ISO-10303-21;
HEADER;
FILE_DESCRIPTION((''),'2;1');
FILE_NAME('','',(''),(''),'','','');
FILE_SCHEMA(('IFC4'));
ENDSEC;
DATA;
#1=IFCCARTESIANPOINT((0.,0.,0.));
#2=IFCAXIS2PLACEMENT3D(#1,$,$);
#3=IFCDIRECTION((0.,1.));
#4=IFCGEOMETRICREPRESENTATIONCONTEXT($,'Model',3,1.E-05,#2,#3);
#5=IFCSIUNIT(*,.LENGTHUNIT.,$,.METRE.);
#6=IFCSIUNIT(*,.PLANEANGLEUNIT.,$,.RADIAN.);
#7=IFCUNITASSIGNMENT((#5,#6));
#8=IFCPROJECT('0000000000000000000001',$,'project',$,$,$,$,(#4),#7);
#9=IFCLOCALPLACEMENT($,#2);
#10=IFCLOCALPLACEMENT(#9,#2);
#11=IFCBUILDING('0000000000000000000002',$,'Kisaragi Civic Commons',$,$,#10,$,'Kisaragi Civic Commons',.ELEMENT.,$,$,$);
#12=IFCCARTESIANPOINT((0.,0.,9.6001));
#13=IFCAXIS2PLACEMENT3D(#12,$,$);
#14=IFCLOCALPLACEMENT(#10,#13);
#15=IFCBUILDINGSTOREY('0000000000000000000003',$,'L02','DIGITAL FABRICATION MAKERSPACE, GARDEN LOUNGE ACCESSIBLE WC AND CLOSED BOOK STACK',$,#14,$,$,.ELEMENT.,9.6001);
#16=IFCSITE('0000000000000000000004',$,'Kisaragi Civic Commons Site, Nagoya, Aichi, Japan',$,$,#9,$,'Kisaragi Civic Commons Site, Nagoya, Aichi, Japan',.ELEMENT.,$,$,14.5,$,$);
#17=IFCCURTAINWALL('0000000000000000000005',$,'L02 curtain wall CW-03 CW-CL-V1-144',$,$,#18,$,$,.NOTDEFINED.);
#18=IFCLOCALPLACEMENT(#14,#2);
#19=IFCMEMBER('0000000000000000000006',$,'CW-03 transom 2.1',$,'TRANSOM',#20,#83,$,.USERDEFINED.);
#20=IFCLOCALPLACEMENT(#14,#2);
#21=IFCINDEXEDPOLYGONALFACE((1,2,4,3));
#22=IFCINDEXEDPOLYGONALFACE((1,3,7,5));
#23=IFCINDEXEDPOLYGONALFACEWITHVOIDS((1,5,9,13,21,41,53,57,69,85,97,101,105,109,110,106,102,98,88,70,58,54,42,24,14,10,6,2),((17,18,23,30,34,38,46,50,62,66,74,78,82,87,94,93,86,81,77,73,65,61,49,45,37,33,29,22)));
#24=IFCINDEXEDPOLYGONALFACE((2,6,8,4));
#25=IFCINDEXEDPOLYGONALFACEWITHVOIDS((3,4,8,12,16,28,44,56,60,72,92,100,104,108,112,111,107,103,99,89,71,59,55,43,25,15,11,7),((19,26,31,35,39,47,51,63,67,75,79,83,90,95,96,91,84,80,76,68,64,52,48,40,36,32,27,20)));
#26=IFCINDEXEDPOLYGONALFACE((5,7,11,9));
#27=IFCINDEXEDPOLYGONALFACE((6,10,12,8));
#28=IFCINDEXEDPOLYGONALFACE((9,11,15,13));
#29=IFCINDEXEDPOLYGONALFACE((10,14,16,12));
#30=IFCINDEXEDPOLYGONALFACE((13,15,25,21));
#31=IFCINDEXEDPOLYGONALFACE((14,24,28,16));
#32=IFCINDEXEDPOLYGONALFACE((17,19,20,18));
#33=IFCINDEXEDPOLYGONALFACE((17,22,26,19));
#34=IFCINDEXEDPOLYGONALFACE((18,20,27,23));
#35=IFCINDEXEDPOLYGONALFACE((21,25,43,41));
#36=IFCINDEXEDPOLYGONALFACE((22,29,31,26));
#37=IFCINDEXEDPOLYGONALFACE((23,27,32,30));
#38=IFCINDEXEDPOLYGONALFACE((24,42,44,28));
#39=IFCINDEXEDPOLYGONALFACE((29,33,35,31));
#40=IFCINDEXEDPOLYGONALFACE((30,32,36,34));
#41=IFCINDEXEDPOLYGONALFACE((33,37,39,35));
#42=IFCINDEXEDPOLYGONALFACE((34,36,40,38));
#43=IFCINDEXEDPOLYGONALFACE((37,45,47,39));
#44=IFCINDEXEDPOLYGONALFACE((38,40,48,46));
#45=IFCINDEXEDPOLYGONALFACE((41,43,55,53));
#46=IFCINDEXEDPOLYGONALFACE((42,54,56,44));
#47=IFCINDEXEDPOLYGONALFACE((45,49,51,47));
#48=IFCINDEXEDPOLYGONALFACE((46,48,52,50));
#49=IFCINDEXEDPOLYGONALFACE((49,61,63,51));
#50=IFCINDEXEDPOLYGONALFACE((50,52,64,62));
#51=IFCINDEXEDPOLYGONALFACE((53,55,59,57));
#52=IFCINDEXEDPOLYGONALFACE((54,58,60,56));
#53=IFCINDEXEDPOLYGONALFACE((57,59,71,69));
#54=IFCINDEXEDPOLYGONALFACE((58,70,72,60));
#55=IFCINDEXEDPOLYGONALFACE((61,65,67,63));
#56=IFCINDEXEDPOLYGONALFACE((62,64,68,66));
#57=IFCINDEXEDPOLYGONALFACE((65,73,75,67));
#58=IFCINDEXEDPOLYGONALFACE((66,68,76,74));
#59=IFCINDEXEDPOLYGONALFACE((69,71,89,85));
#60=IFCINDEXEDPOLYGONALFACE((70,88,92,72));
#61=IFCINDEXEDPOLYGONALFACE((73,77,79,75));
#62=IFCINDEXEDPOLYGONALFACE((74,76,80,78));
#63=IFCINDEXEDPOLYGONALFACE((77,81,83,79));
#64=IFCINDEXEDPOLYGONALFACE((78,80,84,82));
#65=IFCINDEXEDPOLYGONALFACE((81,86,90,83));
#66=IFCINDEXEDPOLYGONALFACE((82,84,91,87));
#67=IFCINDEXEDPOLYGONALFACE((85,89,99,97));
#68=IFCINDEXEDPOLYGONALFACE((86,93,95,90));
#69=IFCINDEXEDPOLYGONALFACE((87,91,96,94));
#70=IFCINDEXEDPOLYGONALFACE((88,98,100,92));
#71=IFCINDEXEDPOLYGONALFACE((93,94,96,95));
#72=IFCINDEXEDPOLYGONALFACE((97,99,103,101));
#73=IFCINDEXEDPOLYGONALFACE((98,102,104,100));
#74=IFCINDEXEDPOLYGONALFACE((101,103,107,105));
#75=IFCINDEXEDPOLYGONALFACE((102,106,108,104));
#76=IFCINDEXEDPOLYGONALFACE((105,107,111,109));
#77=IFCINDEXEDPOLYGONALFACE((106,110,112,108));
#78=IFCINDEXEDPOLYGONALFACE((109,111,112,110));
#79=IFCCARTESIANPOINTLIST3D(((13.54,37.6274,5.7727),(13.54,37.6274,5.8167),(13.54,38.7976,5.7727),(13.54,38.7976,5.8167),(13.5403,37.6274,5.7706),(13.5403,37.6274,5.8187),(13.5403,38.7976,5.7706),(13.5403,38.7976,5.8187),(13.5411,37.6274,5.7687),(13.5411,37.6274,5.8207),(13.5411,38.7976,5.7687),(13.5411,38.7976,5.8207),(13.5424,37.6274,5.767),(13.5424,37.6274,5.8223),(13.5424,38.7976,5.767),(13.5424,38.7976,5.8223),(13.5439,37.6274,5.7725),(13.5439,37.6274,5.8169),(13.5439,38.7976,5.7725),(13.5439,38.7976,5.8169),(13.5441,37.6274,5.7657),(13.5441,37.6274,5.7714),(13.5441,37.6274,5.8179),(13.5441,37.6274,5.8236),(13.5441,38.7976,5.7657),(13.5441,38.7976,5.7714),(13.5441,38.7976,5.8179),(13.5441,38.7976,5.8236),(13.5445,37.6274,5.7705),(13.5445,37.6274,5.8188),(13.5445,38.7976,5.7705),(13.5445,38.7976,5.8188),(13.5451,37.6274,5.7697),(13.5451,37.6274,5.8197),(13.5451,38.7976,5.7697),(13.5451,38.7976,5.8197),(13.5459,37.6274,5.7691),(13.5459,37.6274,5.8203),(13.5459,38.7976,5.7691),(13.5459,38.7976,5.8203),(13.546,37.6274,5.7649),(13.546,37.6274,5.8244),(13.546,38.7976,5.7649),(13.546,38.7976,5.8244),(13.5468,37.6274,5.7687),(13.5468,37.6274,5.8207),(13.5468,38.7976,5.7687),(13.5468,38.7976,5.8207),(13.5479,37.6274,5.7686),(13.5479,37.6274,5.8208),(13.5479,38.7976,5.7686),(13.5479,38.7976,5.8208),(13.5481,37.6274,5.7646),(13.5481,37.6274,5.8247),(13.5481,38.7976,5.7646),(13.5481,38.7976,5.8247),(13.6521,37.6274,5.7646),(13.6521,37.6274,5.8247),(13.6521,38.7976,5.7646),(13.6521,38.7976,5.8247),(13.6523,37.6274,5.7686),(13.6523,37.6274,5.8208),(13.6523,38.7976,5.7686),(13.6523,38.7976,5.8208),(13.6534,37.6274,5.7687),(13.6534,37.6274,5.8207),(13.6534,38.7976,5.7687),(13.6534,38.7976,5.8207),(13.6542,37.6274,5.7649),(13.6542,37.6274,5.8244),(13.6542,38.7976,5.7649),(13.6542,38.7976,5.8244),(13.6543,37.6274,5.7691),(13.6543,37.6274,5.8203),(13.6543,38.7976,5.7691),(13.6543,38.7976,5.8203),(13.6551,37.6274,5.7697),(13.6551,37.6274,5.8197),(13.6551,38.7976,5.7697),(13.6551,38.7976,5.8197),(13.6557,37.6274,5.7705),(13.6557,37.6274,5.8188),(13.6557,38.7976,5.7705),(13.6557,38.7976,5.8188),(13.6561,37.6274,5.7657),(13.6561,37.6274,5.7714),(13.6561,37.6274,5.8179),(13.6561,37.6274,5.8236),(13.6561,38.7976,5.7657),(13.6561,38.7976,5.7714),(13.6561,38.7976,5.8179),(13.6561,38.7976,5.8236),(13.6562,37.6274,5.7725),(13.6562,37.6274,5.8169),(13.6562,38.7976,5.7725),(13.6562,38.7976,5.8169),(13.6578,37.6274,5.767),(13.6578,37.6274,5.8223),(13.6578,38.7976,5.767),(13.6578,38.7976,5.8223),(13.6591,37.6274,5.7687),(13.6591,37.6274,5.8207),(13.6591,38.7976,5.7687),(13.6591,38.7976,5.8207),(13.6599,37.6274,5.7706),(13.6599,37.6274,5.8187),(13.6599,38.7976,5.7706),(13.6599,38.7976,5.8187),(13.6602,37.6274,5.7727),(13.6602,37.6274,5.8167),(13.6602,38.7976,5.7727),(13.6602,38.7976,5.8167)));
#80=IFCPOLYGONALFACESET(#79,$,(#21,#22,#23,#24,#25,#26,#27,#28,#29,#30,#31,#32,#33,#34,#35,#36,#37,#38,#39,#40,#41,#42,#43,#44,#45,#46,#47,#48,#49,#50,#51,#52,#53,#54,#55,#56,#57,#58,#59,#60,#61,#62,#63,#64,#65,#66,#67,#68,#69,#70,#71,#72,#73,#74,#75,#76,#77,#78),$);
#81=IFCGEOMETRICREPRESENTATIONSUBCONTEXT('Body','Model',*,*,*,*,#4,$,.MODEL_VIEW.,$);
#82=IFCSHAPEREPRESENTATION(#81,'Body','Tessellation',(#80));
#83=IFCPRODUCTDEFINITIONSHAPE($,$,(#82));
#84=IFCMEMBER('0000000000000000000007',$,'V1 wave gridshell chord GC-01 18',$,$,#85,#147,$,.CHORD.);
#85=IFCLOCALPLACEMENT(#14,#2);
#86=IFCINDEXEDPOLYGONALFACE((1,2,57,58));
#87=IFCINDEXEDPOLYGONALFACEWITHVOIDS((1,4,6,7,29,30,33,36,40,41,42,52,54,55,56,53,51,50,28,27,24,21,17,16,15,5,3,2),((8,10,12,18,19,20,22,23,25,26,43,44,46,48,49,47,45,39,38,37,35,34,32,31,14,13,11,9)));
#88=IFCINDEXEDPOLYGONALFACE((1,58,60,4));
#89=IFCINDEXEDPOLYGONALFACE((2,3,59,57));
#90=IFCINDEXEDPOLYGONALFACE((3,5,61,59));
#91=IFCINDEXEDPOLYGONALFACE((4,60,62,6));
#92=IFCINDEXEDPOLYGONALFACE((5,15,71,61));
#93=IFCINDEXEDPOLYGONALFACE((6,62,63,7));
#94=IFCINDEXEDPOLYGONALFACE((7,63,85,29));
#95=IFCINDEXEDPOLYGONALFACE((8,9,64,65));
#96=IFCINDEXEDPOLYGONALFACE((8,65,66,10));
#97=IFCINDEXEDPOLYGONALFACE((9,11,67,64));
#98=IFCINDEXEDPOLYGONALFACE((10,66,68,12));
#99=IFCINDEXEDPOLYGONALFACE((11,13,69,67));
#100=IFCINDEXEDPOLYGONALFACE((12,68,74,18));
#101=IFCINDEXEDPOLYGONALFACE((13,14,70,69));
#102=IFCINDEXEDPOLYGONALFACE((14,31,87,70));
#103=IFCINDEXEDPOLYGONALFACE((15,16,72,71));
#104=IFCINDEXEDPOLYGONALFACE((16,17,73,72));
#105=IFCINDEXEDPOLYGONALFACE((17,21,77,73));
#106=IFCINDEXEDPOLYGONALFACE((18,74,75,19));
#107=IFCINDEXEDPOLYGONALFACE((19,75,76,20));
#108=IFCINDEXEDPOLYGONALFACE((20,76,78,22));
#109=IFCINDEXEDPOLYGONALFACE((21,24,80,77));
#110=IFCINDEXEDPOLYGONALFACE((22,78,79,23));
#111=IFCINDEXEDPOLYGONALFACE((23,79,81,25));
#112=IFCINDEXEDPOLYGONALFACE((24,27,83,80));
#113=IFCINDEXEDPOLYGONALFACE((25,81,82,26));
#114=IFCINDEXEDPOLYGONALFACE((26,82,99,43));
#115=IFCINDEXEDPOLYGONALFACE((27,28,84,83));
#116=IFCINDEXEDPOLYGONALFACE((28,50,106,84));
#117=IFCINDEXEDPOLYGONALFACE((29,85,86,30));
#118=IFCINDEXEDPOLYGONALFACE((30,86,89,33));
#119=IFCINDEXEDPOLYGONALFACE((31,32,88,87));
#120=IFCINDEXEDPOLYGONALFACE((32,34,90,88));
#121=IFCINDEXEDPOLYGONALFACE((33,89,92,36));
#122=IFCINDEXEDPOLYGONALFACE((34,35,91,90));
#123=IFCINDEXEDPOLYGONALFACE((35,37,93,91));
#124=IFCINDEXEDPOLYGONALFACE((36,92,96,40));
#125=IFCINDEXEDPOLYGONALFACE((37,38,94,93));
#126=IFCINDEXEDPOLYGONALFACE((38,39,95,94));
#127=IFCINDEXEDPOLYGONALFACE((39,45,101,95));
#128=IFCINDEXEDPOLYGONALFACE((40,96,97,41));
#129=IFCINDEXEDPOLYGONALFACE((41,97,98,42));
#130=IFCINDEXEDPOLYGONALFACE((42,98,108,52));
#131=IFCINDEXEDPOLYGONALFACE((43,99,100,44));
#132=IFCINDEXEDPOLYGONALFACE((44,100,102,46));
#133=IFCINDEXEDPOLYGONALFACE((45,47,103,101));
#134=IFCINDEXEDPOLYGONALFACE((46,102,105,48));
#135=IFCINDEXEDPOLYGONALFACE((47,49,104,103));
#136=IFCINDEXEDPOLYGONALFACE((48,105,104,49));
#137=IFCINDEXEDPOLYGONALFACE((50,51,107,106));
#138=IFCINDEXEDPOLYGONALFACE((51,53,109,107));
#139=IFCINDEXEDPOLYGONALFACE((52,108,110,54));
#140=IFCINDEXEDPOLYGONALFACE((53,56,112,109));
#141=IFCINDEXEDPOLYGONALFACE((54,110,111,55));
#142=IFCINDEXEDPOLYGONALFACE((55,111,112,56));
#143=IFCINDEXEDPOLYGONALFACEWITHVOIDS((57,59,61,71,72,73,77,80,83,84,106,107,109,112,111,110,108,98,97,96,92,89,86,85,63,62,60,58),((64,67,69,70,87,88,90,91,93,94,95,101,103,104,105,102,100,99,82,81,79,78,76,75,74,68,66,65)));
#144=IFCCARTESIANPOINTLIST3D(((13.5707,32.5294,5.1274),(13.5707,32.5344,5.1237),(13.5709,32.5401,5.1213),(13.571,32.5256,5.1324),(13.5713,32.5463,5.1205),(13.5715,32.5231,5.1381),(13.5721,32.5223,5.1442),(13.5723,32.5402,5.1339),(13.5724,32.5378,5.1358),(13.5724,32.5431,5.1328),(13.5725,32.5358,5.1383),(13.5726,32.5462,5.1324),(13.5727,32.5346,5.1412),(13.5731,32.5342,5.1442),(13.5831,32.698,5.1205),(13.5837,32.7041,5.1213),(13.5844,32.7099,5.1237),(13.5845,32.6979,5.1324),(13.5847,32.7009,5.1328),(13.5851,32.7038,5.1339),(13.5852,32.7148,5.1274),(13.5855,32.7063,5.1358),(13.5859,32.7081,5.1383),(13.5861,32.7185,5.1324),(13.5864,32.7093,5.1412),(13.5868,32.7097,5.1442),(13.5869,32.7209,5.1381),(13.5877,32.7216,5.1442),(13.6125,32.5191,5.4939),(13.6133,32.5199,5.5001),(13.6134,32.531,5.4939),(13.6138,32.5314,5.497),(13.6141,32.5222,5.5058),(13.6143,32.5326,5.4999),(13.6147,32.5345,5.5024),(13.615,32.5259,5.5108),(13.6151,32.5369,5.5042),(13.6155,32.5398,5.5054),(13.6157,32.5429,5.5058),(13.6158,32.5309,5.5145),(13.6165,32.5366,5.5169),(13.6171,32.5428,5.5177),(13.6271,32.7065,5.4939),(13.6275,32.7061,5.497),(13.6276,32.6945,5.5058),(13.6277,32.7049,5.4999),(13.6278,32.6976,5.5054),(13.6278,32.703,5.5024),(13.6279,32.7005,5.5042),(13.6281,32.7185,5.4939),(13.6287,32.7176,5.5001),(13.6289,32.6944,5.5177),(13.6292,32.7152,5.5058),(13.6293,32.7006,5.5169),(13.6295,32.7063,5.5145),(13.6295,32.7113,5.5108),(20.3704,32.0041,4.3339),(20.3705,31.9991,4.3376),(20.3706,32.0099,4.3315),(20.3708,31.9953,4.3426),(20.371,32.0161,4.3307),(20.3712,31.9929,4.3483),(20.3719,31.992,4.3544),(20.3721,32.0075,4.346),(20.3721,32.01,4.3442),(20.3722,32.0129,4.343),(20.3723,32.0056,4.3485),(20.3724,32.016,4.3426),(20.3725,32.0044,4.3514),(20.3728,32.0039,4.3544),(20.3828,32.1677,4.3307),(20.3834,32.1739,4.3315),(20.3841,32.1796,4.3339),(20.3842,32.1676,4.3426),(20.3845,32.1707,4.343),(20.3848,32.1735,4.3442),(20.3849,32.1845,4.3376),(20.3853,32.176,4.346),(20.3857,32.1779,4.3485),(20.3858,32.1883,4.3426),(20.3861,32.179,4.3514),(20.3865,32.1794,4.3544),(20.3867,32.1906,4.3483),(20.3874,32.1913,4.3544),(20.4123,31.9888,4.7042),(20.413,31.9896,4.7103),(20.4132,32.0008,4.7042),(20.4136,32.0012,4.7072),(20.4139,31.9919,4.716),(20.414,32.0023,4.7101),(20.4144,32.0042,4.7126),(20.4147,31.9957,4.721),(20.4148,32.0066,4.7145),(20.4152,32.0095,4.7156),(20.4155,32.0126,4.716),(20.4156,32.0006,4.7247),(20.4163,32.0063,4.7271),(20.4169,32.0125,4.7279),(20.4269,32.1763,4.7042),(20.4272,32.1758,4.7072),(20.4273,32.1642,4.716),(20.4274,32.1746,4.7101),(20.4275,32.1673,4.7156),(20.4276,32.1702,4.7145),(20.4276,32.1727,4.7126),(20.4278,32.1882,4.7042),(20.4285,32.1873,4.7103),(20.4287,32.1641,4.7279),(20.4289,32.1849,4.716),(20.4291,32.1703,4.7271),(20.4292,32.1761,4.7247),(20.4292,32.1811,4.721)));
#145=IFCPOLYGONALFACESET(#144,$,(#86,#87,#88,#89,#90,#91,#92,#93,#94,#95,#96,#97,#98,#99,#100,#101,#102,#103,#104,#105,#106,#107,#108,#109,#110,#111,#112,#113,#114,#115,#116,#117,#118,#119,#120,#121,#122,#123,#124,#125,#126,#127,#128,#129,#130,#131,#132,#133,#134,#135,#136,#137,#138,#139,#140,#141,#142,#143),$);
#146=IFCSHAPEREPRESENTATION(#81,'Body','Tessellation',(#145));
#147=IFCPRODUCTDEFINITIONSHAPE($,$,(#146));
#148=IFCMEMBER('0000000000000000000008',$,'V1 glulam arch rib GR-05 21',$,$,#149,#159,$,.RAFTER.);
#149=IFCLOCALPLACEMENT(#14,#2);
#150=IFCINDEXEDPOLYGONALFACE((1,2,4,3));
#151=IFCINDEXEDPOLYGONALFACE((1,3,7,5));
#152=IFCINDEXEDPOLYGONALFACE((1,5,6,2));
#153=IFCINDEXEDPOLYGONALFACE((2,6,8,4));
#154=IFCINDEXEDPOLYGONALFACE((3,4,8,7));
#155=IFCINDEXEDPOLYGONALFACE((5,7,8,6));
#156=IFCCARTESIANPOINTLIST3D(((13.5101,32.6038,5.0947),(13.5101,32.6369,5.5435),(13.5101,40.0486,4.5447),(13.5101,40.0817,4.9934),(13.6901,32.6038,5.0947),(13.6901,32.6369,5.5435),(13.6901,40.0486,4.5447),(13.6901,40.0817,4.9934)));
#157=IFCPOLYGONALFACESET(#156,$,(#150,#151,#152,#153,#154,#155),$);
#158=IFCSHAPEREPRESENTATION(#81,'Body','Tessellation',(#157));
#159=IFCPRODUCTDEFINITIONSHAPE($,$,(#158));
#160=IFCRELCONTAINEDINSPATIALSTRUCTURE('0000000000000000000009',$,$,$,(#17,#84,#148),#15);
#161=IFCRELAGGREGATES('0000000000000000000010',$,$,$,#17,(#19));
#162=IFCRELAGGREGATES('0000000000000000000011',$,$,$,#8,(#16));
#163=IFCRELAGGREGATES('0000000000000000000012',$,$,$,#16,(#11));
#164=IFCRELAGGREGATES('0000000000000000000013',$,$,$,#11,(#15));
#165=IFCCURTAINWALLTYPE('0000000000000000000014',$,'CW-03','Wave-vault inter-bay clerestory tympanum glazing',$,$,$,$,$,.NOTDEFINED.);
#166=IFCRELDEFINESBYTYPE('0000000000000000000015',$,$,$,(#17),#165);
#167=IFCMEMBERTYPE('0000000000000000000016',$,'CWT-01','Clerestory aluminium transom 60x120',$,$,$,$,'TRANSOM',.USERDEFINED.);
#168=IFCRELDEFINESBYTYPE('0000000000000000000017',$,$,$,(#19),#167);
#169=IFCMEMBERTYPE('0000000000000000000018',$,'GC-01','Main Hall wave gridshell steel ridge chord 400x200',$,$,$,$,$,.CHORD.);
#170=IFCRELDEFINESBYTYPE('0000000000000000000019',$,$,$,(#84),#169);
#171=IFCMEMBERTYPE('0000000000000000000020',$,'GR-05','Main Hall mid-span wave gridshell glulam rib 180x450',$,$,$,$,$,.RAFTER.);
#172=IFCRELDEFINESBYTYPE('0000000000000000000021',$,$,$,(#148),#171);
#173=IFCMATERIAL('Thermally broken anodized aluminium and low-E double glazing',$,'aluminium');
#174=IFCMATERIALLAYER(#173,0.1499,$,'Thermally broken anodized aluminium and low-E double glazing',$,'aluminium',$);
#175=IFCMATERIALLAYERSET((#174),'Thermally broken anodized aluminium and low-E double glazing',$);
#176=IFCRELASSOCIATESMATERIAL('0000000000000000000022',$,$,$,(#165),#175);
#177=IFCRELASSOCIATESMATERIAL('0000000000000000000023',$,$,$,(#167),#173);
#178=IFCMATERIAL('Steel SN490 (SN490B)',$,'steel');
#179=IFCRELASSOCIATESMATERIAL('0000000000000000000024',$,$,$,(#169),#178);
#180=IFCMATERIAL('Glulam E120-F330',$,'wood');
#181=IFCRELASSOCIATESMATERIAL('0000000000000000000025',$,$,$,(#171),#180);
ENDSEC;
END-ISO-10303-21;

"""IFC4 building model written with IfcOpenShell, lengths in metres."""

from ifc_helpers import new_model, si_unit, direction, frame, origin, origin_2d, place, context, subcontext, project, spatial, rectangle, hollow_rectangle, extrude, material, layer, layer_set, material_profile, profile_set, type_object, element, aggregate, save


model = new_model("IFC4")

# Units and contexts
model_context = context("Model", 3, precision=1e-05, world=origin(), true_north=direction((0.0, 1.0)))
body_context = subcontext(model_context, "Body", "Model", "MODEL_VIEW")
ifc_project = project(units=[si_unit("LENGTHUNIT", "METRE"), si_unit("PLANEANGLEUNIT", "RADIAN")], contexts=[model_context])

# Site, building, storey
site_placement = place(None, origin())
site = spatial("IfcSite", under=ifc_project, at=site_placement, Name="Kisaragi Civic Commons Site, Nagoya, Aichi, Japan", LongName="Kisaragi Civic Commons Site, Nagoya, Aichi, Japan", CompositionType="ELEMENT", RefElevation=14.5)
building_placement = place(site_placement, origin())
building = spatial("IfcBuilding", under=site, at=building_placement, Name="Kisaragi Civic Commons", LongName="Kisaragi Civic Commons", CompositionType="ELEMENT")
storey_placement = place(building_placement, frame((0.0, 0.0, 9.6001)))
storey = spatial("IfcBuildingStorey", under=building, at=storey_placement, Name="L02", Description="DIGITAL FABRICATION MAKERSPACE, GARDEN LOUNGE ACCESSIBLE WC AND CLOSED BOOK STACK", CompositionType="ELEMENT", Elevation=9.6001)

# Shared definitions
ifc_material_1 = material(Name="Thermally broken anodized aluminium and low-E double glazing", Category="aluminium")
ifc_layer_1 = layer(ifc_material_1, 0.1499, Name="Thermally broken anodized aluminium and low-E double glazing", Category="aluminium")
ifc_layer_set_1 = layer_set([ifc_layer_1], Name="Thermally broken anodized aluminium and low-E double glazing")
curtain_wall_type = type_object("IfcCurtainWallType", Name="CW-03", Description="Wave-vault inter-bay clerestory tympanum glazing", PredefinedType="NOTDEFINED", material=ifc_layer_set_1)

# Curtain wall
curtain_wall_1_placement = place(storey_placement, origin())
curtain_wall_1 = element("IfcCurtainWall", 1, at=curtain_wall_1_placement, inside=storey, type_object=curtain_wall_type, Name="L02 curtain wall CW-03 CW-CL-V1-144", PredefinedType="NOTDEFINED")

# Member
ifc_material_profile_1 = material_profile(ifc_material_1, hollow_rectangle(XDim=0.1201, YDim=0.0601, WallThickness=0.0039, InnerFilletRadius=0.0039, OuterFilletRadius=0.0081, at=origin_2d()), Name="CWT-60x120x4", Category="aluminium")
ifc_profile_set_1 = profile_set([ifc_material_profile_1], Name="Thermally broken anodized aluminium and low-E double glazing")
member_type_1 = type_object("IfcMemberType", Name="CWT-01", Description="Clerestory aluminium transom 60x120", ElementType="TRANSOM", PredefinedType="USERDEFINED", material=ifc_profile_set_1)
member_1_placement = place(storey_placement, frame((13.6001, 37.6274, 5.7947), z_axis=(0.0, 1.0, 0.0), x_axis=(-1.0, 0.0, 0.0)))
member_1 = element("IfcMember", 2, at=member_1_placement, type_object=member_type_1, Name="CW-03 transom 2.1", ObjectType="TRANSOM", PredefinedType="USERDEFINED", context=body_context, shape_type="SweptSolid", body=[
    extrude(hollow_rectangle(XDim=0.1201, YDim=0.0601, WallThickness=0.0039, InnerFilletRadius=0.0039, OuterFilletRadius=0.0081, at=origin_2d()), origin(), (0.0, 0.0, 1.0), 1.1702),
])
aggregate(curtain_wall_1, [member_1])

# Members
ifc_material_2 = material(Name="Steel SN490 (SN490B)", Category="steel")
ifc_material_profile_2 = material_profile(ifc_material_2, hollow_rectangle(XDim=0.2, YDim=0.3999, WallThickness=0.012, InnerFilletRadius=0.012, OuterFilletRadius=0.0239, at=origin_2d()), Name="STKR-400x200x12", Category="steel")
ifc_profile_set_2 = profile_set([ifc_material_profile_2], Name="Steel SN490 (SN490B)")
member_type_2 = type_object("IfcMemberType", Name="GC-01", Description="Main Hall wave gridshell steel ridge chord 400x200", PredefinedType="CHORD", material=ifc_profile_set_2)
member_2_placement = place(storey_placement, frame((13.6001, 32.6204, 5.3191), z_axis=(0.990355, -0.077231, -0.115029), x_axis=(0.077748, 0.996973, 0.0)))
element("IfcMember", 3, at=member_2_placement, inside=storey, type_object=member_type_2, Name="V1 wave gridshell chord GC-01 18", PredefinedType="CHORD", context=body_context, shape_type="SweptSolid", body=[
    extrude(hollow_rectangle(XDim=0.2, YDim=0.3999, WallThickness=0.012, InnerFilletRadius=0.012, OuterFilletRadius=0.0239, at=origin_2d()), origin(), (0.0, 0.0, 1.0), 6.866),
])
ifc_material_3 = material(Name="Glulam E120-F330", Category="wood")
ifc_material_profile_3 = material_profile(ifc_material_3, rectangle(XDim=0.1799, YDim=0.45, at=origin_2d()), Name="GL-180x450", Category="wood")
ifc_profile_set_3 = profile_set([ifc_material_profile_3], Name="Glulam E120-F330")
member_type_3 = type_object("IfcMemberType", Name="GR-05", Description="Main Hall mid-span wave gridshell glulam rib 180x450", PredefinedType="RAFTER", material=ifc_profile_set_3)
member_3_placement = place(storey_placement, frame((13.6001, 32.6204, 5.3191), z_axis=(0.0, 0.997282, -0.073683), x_axis=(-1.0, 0.0, 0.0)))
element("IfcMember", 4, at=member_3_placement, inside=storey, type_object=member_type_3, Name="V1 glulam arch rib GR-05 21", PredefinedType="RAFTER", context=body_context, shape_type="SweptSolid", body=[
    extrude(rectangle(XDim=0.1799, YDim=0.45, at=origin_2d()), origin(), (0.0, 0.0, 1.0), 7.4651),
])

save(model, "model.ifc")
